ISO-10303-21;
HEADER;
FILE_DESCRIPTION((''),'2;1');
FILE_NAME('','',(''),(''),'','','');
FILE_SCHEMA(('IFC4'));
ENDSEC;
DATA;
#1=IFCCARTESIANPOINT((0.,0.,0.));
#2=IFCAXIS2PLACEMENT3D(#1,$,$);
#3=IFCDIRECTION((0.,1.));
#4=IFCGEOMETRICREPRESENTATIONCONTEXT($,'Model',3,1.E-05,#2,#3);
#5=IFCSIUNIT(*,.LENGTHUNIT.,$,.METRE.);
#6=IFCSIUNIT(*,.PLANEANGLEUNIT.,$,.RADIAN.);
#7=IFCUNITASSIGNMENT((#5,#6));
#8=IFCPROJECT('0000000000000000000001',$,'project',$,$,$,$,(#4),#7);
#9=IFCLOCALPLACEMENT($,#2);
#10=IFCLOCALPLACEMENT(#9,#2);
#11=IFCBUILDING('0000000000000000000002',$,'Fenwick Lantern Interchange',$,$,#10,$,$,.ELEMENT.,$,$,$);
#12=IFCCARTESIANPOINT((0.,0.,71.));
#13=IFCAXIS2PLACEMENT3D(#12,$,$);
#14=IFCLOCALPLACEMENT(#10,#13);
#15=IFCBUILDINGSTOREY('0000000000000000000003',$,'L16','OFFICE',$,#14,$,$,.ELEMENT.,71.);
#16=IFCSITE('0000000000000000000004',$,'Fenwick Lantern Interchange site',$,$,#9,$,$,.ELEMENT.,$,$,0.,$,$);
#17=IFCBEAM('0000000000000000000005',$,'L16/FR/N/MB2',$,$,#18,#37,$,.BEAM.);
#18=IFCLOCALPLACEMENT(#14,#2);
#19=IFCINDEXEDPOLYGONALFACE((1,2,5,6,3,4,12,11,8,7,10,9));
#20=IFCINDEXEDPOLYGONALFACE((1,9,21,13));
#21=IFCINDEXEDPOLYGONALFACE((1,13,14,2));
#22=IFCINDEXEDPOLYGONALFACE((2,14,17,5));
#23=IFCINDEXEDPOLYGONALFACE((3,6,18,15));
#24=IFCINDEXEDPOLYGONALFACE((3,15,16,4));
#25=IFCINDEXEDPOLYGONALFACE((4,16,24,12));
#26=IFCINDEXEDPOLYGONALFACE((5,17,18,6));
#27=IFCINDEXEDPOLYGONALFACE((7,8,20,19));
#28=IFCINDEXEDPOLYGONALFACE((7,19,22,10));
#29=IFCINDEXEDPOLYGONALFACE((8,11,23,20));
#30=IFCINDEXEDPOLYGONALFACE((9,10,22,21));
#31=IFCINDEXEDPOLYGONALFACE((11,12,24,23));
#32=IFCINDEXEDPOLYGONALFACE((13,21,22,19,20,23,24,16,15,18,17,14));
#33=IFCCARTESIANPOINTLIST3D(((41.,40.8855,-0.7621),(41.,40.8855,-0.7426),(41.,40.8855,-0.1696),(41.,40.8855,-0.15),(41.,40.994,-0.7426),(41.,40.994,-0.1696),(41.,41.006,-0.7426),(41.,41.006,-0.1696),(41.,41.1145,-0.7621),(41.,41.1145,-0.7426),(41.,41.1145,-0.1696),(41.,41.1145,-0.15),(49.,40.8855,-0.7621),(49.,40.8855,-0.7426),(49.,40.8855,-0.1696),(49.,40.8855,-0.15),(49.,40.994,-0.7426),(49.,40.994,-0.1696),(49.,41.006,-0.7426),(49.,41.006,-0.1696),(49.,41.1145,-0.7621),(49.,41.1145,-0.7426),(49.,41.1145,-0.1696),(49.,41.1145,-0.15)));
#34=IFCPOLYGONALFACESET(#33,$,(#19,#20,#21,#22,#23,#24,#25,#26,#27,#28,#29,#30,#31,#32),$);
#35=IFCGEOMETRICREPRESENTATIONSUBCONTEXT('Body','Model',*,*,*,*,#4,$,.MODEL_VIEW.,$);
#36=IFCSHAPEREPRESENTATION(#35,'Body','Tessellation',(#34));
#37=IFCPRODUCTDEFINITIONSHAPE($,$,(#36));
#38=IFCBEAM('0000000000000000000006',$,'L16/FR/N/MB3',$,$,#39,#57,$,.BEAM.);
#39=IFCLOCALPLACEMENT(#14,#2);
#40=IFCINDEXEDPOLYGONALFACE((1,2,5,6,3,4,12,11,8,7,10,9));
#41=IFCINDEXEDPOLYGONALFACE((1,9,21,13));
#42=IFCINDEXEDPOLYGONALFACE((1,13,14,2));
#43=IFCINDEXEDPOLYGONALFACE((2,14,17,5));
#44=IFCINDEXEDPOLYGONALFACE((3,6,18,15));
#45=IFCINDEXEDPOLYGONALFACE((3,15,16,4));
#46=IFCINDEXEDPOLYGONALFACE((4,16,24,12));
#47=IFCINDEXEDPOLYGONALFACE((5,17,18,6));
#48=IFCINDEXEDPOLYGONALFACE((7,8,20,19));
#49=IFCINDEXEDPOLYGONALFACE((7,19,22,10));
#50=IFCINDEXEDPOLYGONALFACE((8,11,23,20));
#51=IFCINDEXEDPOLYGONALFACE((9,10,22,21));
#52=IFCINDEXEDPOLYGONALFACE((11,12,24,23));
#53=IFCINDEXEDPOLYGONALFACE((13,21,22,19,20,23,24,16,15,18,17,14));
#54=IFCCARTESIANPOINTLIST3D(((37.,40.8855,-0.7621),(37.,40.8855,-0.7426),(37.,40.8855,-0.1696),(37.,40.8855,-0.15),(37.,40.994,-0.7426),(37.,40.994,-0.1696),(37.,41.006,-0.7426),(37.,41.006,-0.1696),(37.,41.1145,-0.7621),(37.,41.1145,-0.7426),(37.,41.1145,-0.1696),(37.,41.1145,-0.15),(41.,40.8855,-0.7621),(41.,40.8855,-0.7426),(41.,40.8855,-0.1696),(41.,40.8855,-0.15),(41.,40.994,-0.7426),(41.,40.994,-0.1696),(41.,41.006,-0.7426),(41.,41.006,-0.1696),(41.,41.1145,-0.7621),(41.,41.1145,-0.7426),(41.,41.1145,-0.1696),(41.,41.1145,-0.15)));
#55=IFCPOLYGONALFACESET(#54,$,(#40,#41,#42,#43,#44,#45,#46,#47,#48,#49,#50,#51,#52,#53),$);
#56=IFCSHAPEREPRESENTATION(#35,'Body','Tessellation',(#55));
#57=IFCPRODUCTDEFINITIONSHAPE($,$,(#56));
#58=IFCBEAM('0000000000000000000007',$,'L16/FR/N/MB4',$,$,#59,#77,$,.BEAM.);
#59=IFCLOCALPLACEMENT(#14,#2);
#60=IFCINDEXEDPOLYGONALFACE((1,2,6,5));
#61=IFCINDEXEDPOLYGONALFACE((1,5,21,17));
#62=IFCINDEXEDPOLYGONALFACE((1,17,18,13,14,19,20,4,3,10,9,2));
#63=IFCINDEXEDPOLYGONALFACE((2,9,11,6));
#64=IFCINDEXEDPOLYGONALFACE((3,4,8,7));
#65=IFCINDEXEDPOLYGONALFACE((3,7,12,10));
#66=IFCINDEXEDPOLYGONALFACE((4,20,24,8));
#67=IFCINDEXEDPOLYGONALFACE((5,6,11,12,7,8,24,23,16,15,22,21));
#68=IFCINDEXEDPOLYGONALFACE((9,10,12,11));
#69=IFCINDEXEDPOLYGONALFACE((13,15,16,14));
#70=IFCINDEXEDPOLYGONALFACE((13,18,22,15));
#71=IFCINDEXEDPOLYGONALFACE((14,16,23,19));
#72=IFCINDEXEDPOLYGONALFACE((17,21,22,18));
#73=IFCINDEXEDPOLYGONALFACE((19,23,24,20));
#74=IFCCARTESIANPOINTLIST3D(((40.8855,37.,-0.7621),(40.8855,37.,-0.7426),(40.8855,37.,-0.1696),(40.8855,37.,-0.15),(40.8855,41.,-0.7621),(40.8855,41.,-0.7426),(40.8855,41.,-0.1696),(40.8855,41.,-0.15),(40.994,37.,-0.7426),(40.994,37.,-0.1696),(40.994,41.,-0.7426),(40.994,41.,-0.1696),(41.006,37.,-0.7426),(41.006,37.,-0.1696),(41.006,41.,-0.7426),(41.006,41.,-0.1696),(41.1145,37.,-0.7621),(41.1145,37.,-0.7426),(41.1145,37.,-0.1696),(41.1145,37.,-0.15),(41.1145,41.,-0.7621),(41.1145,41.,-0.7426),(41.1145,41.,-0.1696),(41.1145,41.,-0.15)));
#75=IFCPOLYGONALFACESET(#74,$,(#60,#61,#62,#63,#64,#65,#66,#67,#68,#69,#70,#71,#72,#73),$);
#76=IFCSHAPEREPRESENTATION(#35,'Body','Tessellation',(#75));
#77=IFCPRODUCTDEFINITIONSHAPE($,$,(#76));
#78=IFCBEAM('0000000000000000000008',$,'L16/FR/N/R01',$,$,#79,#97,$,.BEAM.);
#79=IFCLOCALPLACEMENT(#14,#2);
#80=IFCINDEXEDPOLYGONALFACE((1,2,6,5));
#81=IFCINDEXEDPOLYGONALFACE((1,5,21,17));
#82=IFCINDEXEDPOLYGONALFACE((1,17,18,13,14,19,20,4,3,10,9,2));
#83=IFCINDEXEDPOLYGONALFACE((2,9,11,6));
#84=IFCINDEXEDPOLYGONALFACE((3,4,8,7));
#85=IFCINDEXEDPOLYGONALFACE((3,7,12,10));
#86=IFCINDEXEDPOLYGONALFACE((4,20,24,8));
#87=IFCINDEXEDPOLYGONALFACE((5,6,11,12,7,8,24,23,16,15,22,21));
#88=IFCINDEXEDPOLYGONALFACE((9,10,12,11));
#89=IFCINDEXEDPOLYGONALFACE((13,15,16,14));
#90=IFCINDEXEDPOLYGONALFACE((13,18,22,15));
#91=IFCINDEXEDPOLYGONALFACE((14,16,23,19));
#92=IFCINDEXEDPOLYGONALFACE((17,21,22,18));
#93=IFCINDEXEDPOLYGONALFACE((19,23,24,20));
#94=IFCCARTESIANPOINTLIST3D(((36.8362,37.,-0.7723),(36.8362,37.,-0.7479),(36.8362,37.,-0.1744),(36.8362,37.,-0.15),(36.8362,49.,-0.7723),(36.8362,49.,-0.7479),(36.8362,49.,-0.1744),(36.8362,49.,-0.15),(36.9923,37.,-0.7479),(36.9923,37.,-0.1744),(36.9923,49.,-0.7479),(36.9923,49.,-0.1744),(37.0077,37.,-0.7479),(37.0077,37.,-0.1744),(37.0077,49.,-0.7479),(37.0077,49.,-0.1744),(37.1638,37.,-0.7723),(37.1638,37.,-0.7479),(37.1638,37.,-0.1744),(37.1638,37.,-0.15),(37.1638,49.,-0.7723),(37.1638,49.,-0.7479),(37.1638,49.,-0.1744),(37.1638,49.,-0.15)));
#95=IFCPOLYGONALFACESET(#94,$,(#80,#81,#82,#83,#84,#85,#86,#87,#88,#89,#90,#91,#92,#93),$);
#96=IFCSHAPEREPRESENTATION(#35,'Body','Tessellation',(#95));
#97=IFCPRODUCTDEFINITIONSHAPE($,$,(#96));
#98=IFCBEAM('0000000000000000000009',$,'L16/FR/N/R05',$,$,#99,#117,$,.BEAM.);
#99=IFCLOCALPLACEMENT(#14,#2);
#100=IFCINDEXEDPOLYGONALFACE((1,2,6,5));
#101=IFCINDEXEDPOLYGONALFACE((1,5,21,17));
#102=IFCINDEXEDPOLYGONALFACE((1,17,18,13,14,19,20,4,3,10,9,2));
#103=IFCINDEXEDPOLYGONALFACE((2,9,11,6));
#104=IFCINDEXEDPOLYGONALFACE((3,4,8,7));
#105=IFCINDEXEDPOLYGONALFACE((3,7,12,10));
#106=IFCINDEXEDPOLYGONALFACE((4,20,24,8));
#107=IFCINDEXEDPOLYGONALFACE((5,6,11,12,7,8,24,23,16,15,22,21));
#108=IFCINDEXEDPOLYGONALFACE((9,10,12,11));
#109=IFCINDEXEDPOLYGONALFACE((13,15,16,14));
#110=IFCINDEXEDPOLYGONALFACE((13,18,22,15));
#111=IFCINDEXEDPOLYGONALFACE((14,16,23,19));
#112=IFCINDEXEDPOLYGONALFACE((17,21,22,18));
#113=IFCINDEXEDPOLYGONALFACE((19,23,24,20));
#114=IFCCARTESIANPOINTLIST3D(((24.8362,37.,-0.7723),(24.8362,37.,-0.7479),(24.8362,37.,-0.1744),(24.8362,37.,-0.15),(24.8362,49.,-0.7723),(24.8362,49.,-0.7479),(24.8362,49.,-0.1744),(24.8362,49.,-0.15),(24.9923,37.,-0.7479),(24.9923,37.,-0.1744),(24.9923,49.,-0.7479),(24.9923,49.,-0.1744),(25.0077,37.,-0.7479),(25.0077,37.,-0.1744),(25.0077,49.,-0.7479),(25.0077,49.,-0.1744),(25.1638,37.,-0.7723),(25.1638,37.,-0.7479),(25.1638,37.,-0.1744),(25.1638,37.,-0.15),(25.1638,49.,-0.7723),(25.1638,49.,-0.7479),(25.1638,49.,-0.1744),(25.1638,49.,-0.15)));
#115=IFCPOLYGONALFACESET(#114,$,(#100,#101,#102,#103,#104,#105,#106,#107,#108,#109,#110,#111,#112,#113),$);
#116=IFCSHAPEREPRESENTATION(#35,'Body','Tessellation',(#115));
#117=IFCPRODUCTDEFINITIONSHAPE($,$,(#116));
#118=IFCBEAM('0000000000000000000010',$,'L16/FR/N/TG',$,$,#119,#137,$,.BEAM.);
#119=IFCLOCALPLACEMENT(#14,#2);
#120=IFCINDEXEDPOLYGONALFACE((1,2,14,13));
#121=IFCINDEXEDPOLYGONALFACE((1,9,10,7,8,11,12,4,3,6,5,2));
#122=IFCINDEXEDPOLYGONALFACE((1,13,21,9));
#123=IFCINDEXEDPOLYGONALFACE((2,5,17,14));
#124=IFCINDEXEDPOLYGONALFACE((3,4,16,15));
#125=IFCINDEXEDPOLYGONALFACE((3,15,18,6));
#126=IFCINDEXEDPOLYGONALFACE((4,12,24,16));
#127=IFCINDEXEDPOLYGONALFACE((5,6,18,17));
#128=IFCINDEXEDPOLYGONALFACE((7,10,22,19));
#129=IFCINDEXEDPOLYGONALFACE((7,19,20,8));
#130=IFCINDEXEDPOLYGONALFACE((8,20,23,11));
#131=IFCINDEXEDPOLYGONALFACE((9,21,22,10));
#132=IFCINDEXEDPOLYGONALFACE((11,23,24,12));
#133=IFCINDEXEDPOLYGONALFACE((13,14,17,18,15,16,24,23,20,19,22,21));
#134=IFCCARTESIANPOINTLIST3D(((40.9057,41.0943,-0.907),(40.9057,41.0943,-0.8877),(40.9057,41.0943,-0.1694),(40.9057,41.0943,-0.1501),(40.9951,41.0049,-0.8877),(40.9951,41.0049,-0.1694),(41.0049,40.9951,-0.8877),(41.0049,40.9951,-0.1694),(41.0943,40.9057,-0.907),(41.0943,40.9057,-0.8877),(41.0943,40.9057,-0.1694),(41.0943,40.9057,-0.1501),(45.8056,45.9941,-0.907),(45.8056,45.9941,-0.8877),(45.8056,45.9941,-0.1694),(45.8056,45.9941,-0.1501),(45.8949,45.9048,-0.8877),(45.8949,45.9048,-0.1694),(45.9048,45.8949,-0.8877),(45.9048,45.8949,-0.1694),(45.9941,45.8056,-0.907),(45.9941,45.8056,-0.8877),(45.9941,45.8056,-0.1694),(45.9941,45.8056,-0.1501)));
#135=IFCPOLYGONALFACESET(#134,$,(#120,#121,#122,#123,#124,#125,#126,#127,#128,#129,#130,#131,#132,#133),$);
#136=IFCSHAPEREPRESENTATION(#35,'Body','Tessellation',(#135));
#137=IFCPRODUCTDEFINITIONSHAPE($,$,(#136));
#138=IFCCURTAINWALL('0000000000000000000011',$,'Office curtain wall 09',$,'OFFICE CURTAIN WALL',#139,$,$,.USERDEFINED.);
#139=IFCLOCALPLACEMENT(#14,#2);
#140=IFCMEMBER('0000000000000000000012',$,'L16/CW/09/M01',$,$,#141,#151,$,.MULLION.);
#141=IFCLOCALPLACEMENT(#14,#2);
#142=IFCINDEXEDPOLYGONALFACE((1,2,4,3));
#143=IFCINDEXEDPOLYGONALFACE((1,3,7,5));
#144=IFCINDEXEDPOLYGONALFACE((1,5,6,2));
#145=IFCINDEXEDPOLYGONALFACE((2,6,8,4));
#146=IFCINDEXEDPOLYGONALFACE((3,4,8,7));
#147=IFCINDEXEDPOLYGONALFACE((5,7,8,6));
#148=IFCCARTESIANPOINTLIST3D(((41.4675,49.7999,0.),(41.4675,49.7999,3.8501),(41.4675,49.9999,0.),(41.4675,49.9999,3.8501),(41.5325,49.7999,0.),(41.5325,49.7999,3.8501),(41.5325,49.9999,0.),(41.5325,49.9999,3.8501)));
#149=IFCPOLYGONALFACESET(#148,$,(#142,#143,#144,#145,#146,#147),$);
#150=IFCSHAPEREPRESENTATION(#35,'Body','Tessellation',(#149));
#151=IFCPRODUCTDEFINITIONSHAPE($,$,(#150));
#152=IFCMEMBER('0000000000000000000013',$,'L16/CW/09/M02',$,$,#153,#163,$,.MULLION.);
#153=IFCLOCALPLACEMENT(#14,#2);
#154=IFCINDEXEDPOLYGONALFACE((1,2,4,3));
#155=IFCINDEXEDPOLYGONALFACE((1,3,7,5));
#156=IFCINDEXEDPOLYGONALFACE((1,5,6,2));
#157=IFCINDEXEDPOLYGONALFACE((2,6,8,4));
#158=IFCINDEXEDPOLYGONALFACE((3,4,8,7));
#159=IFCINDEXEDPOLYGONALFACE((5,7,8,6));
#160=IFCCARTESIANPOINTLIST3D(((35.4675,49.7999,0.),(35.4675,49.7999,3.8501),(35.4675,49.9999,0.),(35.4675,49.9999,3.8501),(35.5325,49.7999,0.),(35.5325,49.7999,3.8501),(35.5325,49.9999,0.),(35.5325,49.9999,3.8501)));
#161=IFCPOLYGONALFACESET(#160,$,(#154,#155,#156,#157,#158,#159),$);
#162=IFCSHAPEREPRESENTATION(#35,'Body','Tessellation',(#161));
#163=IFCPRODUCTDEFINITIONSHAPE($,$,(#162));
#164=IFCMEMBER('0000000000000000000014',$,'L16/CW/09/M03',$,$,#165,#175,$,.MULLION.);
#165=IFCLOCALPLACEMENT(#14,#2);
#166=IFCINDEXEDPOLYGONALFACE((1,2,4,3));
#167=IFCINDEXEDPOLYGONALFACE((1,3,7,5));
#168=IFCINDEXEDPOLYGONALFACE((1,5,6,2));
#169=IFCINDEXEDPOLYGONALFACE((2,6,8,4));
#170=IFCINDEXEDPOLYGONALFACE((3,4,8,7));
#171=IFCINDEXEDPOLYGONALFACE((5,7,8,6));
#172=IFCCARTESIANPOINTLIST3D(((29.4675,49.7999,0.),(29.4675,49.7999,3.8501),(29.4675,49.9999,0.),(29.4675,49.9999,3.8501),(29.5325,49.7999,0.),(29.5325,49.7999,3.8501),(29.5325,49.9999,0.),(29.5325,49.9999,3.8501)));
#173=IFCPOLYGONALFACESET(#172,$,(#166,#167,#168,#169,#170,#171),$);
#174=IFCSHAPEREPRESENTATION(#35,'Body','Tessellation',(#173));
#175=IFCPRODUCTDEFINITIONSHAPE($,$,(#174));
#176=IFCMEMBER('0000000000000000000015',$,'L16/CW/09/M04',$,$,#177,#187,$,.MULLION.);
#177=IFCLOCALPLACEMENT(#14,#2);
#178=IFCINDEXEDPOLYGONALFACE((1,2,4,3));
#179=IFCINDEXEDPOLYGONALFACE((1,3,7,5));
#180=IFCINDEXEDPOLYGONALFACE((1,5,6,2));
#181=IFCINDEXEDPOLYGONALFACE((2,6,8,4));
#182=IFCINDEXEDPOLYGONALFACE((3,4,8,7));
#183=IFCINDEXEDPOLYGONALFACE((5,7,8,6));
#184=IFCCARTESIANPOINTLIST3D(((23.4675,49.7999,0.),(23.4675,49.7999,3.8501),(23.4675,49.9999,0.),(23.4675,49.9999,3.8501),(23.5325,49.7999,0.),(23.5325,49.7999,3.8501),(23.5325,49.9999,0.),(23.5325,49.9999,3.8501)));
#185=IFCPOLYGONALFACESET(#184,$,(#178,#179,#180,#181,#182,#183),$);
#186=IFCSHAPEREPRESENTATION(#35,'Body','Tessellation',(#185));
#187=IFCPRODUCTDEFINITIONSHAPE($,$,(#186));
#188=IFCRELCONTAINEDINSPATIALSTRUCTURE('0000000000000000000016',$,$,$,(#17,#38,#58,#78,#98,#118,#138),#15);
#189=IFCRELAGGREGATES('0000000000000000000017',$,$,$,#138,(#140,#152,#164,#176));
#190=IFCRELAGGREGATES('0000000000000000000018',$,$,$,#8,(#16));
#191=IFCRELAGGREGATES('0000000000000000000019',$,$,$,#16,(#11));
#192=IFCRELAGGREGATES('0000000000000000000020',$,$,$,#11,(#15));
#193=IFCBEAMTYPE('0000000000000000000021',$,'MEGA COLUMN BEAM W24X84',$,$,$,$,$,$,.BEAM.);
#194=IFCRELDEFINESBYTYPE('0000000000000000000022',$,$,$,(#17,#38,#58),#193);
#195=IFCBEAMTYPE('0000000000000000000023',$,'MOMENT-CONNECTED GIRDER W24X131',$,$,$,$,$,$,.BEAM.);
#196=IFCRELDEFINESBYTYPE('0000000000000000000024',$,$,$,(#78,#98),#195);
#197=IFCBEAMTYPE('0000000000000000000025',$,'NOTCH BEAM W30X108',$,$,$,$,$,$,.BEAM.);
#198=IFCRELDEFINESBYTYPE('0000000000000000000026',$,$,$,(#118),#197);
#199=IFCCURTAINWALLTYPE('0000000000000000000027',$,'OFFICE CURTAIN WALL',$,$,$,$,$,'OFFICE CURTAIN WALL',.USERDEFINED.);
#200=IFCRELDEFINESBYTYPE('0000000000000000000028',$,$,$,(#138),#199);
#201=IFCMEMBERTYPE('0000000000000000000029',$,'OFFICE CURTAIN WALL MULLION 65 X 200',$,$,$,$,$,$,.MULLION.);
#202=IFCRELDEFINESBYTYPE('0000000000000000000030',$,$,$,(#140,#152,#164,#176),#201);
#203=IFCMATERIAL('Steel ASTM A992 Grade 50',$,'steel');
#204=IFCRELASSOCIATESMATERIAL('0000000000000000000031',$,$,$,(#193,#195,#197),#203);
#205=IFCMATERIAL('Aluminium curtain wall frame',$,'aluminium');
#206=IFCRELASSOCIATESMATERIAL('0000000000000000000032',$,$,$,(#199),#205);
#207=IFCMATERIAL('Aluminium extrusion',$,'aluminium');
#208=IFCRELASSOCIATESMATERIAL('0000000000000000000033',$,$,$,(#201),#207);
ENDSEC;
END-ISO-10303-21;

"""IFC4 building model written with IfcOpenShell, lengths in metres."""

from ifc_helpers import new_model, si_unit, direction, frame, origin, origin_2d, place, context, subcontext, project, spatial, rectangle, i_section, extrude, material, material_profile, profile_set, type_object, element, aggregate, save


model = new_model("IFC4")

# Units and contexts
model_context = context("Model", 3, precision=1e-05, world=origin(), true_north=direction((0.0, 1.0)))
body_context = subcontext(model_context, "Body", "Model", "MODEL_VIEW")
ifc_project = project(units=[si_unit("LENGTHUNIT", "METRE"), si_unit("PLANEANGLEUNIT", "RADIAN")], contexts=[model_context])

# Site, building, storey
site_placement = place(None, origin())
site = spatial("IfcSite", under=ifc_project, at=site_placement, Name="Fenwick Lantern Interchange site", CompositionType="ELEMENT", RefElevation=0.0)
building_placement = place(site_placement, origin())
building = spatial("IfcBuilding", under=site, at=building_placement, Name="Fenwick Lantern Interchange", CompositionType="ELEMENT")
storey_placement = place(building_placement, frame((0.0, 0.0, 71.0)))
storey = spatial("IfcBuildingStorey", under=building, at=storey_placement, Name="L16", Description="OFFICE", CompositionType="ELEMENT", Elevation=71.0)

# Beams
ifc_material_1 = material(Name="Steel ASTM A992 Grade 50", Category="steel")
ifc_material_profile_1 = material_profile(ifc_material_1, i_section(OverallWidth=0.229, OverallDepth=0.6121, WebThickness=0.012, FlangeThickness=0.0195, at=origin_2d()), Name="W24X84")
ifc_profile_set_1 = profile_set([ifc_material_profile_1], Name="Steel ASTM A992 Grade 50")
beam_type_1 = type_object("IfcBeamType", Name="MEGA COLUMN BEAM W24X84", PredefinedType="BEAM", material=ifc_profile_set_1)
beam_1_placement = place(storey_placement, frame((41.0, 41.0, -0.4561), z_axis=(1.0, 0.0, 0.0), x_axis=(0.0, 1.0, 0.0)))
element("IfcBeam", 1, at=beam_1_placement, inside=storey, type_object=beam_type_1, Name="L16/FR/N/MB2", PredefinedType="BEAM", context=body_context, shape_type="SweptSolid", body=[
    extrude(i_section(OverallWidth=0.229, OverallDepth=0.6121, WebThickness=0.012, FlangeThickness=0.0195, at=origin_2d()), origin(), (0.0, 0.0, 1.0), 8.0),
])
for number, where, z_axis, x_axis, name in (
    (2, (41.0, 41.0, -0.4561), (-1.0, 0.0, 0.0), (0.0, -1.0, 0.0), "L16/FR/N/MB3"),
    (3, (41.0, 41.0, -0.4561), (0.0, -1.0, 0.0), (1.0, 0.0, 0.0), "L16/FR/N/MB4"),
):
    element("IfcBeam", number, at=place(storey_placement, frame(where, z_axis=z_axis, x_axis=x_axis)), inside=storey, type_object=beam_type_1, Name=name, PredefinedType="BEAM", context=body_context, shape_type="SweptSolid", body=[
        extrude(i_section(OverallWidth=0.229, OverallDepth=0.6121, WebThickness=0.012, FlangeThickness=0.0195, at=origin_2d()), origin(), (0.0, 0.0, 1.0), 4.0),
    ])
ifc_material_profile_2 = material_profile(ifc_material_1, i_section(OverallWidth=0.3276, OverallDepth=0.6223, WebThickness=0.0154, FlangeThickness=0.0244, at=origin_2d()), Name="W24X131")
ifc_profile_set_2 = profile_set([ifc_material_profile_2], Name="Steel ASTM A992 Grade 50")
beam_type_2 = type_object("IfcBeamType", Name="MOMENT-CONNECTED GIRDER W24X131", PredefinedType="BEAM", material=ifc_profile_set_2)
for number, where, z_axis, x_axis, name in (
    (4, (37.0, 49.0, -0.4612), (0.0, -1.0, 0.0), (1.0, 0.0, 0.0), "L16/FR/N/R01"),
    (5, (25.0, 49.0, -0.4612), (0.0, -1.0, 0.0), (1.0, 0.0, 0.0), "L16/FR/N/R05"),
):
    element("IfcBeam", number, at=place(storey_placement, frame(where, z_axis=z_axis, x_axis=x_axis)), inside=storey, type_object=beam_type_2, Name=name, PredefinedType="BEAM", context=body_context, shape_type="SweptSolid", body=[
        extrude(i_section(OverallWidth=0.3276, OverallDepth=0.6223, WebThickness=0.0154, FlangeThickness=0.0244, at=origin_2d()), origin(), (0.0, 0.0, 1.0), 12.0),
    ])
ifc_material_profile_3 = material_profile(ifc_material_1, i_section(OverallWidth=0.2666, OverallDepth=0.7568, WebThickness=0.0139, FlangeThickness=0.0193, at=origin_2d()), Name="W30X108")
ifc_profile_set_3 = profile_set([ifc_material_profile_3], Name="Steel ASTM A992 Grade 50")
beam_type_3 = type_object("IfcBeamType", Name="NOTCH BEAM W30X108", PredefinedType="BEAM", material=ifc_profile_set_3)
beam_2_placement = place(storey_placement, frame((41.0, 41.0, -0.5286), z_axis=(0.707107, 0.707107, 0.0), x_axis=(-0.707107, 0.707107, 0.0)))
element("IfcBeam", 6, at=beam_2_placement, inside=storey, type_object=beam_type_3, Name="L16/FR/N/TG", PredefinedType="BEAM", context=body_context, shape_type="SweptSolid", body=[
    extrude(i_section(OverallWidth=0.2666, OverallDepth=0.7568, WebThickness=0.0139, FlangeThickness=0.0193, at=origin_2d()), origin(), (0.0, 0.0, 1.0), 6.9294),
])

# Curtain wall, members
ifc_material_2 = material(Name="Aluminium curtain wall frame", Category="aluminium")
curtain_wall_type = type_object("IfcCurtainWallType", Name="OFFICE CURTAIN WALL", ElementType="OFFICE CURTAIN WALL", PredefinedType="USERDEFINED", material=ifc_material_2)
curtain_wall_placement = place(storey_placement, origin())
curtain_wall = element("IfcCurtainWall", 7, at=curtain_wall_placement, inside=storey, type_object=curtain_wall_type, Name="Office curtain wall 09", ObjectType="OFFICE CURTAIN WALL", PredefinedType="USERDEFINED")
ifc_material_3 = material(Name="Aluminium extrusion", Category="aluminium")
ifc_material_profile_4 = material_profile(ifc_material_3, rectangle(XDim=0.2, YDim=0.0649, at=origin_2d()), Name="OFFICE CURTAIN WALL MULLION 65 X 200")
ifc_profile_set_4 = profile_set([ifc_material_profile_4], Name="Aluminium extrusion")
member_type_1 = type_object("IfcMemberType", Name="OFFICE CURTAIN WALL MULLION 65 X 200", PredefinedType="MULLION", material=ifc_profile_set_4)
member_1_placement = place(storey_placement, frame((41.5, 49.8999, 0.0), z_axis=(0.0, 0.0, 1.0), x_axis=(0.0, -1.0, 0.0)))
member_1 = element("IfcMember", 8, at=member_1_placement, type_object=member_type_1, Name="L16/CW/09/M01", PredefinedType="MULLION", context=body_context, shape_type="SweptSolid", body=[
    extrude(rectangle(XDim=0.2, YDim=0.0649, at=origin_2d()), origin(), (0.0, 0.0, 1.0), 3.8501),
])
member_2_placement = place(storey_placement, frame((35.5, 49.8999, 0.0), z_axis=(0.0, 0.0, 1.0), x_axis=(0.0, -1.0, 0.0)))
member_2 = element("IfcMember", 9, at=member_2_placement, type_object=member_type_1, Name="L16/CW/09/M02", PredefinedType="MULLION", context=body_context, shape_type="SweptSolid", body=[
    extrude(rectangle(XDim=0.2, YDim=0.0649, at=origin_2d()), origin(), (0.0, 0.0, 1.0), 3.8501),
])
member_3_placement = place(storey_placement, frame((29.5, 49.8999, 0.0), z_axis=(0.0, 0.0, 1.0), x_axis=(0.0, -1.0, 0.0)))
member_3 = element("IfcMember", 10, at=member_3_placement, type_object=member_type_1, Name="L16/CW/09/M03", PredefinedType="MULLION", context=body_context, shape_type="SweptSolid", body=[
    extrude(rectangle(XDim=0.2, YDim=0.0649, at=origin_2d()), origin(), (0.0, 0.0, 1.0), 3.8501),
])
member_4_placement = place(storey_placement, frame((23.5, 49.8999, 0.0), z_axis=(0.0, 0.0, 1.0), x_axis=(0.0, -1.0, 0.0)))
member_4 = element("IfcMember", 11, at=member_4_placement, type_object=member_type_1, Name="L16/CW/09/M04", PredefinedType="MULLION", context=body_context, shape_type="SweptSolid", body=[
    extrude(rectangle(XDim=0.2, YDim=0.0649, at=origin_2d()), origin(), (0.0, 0.0, 1.0), 3.8501),
])
aggregate(curtain_wall, [member_1, member_2, member_3, member_4])

save(model, "model.ifc")
